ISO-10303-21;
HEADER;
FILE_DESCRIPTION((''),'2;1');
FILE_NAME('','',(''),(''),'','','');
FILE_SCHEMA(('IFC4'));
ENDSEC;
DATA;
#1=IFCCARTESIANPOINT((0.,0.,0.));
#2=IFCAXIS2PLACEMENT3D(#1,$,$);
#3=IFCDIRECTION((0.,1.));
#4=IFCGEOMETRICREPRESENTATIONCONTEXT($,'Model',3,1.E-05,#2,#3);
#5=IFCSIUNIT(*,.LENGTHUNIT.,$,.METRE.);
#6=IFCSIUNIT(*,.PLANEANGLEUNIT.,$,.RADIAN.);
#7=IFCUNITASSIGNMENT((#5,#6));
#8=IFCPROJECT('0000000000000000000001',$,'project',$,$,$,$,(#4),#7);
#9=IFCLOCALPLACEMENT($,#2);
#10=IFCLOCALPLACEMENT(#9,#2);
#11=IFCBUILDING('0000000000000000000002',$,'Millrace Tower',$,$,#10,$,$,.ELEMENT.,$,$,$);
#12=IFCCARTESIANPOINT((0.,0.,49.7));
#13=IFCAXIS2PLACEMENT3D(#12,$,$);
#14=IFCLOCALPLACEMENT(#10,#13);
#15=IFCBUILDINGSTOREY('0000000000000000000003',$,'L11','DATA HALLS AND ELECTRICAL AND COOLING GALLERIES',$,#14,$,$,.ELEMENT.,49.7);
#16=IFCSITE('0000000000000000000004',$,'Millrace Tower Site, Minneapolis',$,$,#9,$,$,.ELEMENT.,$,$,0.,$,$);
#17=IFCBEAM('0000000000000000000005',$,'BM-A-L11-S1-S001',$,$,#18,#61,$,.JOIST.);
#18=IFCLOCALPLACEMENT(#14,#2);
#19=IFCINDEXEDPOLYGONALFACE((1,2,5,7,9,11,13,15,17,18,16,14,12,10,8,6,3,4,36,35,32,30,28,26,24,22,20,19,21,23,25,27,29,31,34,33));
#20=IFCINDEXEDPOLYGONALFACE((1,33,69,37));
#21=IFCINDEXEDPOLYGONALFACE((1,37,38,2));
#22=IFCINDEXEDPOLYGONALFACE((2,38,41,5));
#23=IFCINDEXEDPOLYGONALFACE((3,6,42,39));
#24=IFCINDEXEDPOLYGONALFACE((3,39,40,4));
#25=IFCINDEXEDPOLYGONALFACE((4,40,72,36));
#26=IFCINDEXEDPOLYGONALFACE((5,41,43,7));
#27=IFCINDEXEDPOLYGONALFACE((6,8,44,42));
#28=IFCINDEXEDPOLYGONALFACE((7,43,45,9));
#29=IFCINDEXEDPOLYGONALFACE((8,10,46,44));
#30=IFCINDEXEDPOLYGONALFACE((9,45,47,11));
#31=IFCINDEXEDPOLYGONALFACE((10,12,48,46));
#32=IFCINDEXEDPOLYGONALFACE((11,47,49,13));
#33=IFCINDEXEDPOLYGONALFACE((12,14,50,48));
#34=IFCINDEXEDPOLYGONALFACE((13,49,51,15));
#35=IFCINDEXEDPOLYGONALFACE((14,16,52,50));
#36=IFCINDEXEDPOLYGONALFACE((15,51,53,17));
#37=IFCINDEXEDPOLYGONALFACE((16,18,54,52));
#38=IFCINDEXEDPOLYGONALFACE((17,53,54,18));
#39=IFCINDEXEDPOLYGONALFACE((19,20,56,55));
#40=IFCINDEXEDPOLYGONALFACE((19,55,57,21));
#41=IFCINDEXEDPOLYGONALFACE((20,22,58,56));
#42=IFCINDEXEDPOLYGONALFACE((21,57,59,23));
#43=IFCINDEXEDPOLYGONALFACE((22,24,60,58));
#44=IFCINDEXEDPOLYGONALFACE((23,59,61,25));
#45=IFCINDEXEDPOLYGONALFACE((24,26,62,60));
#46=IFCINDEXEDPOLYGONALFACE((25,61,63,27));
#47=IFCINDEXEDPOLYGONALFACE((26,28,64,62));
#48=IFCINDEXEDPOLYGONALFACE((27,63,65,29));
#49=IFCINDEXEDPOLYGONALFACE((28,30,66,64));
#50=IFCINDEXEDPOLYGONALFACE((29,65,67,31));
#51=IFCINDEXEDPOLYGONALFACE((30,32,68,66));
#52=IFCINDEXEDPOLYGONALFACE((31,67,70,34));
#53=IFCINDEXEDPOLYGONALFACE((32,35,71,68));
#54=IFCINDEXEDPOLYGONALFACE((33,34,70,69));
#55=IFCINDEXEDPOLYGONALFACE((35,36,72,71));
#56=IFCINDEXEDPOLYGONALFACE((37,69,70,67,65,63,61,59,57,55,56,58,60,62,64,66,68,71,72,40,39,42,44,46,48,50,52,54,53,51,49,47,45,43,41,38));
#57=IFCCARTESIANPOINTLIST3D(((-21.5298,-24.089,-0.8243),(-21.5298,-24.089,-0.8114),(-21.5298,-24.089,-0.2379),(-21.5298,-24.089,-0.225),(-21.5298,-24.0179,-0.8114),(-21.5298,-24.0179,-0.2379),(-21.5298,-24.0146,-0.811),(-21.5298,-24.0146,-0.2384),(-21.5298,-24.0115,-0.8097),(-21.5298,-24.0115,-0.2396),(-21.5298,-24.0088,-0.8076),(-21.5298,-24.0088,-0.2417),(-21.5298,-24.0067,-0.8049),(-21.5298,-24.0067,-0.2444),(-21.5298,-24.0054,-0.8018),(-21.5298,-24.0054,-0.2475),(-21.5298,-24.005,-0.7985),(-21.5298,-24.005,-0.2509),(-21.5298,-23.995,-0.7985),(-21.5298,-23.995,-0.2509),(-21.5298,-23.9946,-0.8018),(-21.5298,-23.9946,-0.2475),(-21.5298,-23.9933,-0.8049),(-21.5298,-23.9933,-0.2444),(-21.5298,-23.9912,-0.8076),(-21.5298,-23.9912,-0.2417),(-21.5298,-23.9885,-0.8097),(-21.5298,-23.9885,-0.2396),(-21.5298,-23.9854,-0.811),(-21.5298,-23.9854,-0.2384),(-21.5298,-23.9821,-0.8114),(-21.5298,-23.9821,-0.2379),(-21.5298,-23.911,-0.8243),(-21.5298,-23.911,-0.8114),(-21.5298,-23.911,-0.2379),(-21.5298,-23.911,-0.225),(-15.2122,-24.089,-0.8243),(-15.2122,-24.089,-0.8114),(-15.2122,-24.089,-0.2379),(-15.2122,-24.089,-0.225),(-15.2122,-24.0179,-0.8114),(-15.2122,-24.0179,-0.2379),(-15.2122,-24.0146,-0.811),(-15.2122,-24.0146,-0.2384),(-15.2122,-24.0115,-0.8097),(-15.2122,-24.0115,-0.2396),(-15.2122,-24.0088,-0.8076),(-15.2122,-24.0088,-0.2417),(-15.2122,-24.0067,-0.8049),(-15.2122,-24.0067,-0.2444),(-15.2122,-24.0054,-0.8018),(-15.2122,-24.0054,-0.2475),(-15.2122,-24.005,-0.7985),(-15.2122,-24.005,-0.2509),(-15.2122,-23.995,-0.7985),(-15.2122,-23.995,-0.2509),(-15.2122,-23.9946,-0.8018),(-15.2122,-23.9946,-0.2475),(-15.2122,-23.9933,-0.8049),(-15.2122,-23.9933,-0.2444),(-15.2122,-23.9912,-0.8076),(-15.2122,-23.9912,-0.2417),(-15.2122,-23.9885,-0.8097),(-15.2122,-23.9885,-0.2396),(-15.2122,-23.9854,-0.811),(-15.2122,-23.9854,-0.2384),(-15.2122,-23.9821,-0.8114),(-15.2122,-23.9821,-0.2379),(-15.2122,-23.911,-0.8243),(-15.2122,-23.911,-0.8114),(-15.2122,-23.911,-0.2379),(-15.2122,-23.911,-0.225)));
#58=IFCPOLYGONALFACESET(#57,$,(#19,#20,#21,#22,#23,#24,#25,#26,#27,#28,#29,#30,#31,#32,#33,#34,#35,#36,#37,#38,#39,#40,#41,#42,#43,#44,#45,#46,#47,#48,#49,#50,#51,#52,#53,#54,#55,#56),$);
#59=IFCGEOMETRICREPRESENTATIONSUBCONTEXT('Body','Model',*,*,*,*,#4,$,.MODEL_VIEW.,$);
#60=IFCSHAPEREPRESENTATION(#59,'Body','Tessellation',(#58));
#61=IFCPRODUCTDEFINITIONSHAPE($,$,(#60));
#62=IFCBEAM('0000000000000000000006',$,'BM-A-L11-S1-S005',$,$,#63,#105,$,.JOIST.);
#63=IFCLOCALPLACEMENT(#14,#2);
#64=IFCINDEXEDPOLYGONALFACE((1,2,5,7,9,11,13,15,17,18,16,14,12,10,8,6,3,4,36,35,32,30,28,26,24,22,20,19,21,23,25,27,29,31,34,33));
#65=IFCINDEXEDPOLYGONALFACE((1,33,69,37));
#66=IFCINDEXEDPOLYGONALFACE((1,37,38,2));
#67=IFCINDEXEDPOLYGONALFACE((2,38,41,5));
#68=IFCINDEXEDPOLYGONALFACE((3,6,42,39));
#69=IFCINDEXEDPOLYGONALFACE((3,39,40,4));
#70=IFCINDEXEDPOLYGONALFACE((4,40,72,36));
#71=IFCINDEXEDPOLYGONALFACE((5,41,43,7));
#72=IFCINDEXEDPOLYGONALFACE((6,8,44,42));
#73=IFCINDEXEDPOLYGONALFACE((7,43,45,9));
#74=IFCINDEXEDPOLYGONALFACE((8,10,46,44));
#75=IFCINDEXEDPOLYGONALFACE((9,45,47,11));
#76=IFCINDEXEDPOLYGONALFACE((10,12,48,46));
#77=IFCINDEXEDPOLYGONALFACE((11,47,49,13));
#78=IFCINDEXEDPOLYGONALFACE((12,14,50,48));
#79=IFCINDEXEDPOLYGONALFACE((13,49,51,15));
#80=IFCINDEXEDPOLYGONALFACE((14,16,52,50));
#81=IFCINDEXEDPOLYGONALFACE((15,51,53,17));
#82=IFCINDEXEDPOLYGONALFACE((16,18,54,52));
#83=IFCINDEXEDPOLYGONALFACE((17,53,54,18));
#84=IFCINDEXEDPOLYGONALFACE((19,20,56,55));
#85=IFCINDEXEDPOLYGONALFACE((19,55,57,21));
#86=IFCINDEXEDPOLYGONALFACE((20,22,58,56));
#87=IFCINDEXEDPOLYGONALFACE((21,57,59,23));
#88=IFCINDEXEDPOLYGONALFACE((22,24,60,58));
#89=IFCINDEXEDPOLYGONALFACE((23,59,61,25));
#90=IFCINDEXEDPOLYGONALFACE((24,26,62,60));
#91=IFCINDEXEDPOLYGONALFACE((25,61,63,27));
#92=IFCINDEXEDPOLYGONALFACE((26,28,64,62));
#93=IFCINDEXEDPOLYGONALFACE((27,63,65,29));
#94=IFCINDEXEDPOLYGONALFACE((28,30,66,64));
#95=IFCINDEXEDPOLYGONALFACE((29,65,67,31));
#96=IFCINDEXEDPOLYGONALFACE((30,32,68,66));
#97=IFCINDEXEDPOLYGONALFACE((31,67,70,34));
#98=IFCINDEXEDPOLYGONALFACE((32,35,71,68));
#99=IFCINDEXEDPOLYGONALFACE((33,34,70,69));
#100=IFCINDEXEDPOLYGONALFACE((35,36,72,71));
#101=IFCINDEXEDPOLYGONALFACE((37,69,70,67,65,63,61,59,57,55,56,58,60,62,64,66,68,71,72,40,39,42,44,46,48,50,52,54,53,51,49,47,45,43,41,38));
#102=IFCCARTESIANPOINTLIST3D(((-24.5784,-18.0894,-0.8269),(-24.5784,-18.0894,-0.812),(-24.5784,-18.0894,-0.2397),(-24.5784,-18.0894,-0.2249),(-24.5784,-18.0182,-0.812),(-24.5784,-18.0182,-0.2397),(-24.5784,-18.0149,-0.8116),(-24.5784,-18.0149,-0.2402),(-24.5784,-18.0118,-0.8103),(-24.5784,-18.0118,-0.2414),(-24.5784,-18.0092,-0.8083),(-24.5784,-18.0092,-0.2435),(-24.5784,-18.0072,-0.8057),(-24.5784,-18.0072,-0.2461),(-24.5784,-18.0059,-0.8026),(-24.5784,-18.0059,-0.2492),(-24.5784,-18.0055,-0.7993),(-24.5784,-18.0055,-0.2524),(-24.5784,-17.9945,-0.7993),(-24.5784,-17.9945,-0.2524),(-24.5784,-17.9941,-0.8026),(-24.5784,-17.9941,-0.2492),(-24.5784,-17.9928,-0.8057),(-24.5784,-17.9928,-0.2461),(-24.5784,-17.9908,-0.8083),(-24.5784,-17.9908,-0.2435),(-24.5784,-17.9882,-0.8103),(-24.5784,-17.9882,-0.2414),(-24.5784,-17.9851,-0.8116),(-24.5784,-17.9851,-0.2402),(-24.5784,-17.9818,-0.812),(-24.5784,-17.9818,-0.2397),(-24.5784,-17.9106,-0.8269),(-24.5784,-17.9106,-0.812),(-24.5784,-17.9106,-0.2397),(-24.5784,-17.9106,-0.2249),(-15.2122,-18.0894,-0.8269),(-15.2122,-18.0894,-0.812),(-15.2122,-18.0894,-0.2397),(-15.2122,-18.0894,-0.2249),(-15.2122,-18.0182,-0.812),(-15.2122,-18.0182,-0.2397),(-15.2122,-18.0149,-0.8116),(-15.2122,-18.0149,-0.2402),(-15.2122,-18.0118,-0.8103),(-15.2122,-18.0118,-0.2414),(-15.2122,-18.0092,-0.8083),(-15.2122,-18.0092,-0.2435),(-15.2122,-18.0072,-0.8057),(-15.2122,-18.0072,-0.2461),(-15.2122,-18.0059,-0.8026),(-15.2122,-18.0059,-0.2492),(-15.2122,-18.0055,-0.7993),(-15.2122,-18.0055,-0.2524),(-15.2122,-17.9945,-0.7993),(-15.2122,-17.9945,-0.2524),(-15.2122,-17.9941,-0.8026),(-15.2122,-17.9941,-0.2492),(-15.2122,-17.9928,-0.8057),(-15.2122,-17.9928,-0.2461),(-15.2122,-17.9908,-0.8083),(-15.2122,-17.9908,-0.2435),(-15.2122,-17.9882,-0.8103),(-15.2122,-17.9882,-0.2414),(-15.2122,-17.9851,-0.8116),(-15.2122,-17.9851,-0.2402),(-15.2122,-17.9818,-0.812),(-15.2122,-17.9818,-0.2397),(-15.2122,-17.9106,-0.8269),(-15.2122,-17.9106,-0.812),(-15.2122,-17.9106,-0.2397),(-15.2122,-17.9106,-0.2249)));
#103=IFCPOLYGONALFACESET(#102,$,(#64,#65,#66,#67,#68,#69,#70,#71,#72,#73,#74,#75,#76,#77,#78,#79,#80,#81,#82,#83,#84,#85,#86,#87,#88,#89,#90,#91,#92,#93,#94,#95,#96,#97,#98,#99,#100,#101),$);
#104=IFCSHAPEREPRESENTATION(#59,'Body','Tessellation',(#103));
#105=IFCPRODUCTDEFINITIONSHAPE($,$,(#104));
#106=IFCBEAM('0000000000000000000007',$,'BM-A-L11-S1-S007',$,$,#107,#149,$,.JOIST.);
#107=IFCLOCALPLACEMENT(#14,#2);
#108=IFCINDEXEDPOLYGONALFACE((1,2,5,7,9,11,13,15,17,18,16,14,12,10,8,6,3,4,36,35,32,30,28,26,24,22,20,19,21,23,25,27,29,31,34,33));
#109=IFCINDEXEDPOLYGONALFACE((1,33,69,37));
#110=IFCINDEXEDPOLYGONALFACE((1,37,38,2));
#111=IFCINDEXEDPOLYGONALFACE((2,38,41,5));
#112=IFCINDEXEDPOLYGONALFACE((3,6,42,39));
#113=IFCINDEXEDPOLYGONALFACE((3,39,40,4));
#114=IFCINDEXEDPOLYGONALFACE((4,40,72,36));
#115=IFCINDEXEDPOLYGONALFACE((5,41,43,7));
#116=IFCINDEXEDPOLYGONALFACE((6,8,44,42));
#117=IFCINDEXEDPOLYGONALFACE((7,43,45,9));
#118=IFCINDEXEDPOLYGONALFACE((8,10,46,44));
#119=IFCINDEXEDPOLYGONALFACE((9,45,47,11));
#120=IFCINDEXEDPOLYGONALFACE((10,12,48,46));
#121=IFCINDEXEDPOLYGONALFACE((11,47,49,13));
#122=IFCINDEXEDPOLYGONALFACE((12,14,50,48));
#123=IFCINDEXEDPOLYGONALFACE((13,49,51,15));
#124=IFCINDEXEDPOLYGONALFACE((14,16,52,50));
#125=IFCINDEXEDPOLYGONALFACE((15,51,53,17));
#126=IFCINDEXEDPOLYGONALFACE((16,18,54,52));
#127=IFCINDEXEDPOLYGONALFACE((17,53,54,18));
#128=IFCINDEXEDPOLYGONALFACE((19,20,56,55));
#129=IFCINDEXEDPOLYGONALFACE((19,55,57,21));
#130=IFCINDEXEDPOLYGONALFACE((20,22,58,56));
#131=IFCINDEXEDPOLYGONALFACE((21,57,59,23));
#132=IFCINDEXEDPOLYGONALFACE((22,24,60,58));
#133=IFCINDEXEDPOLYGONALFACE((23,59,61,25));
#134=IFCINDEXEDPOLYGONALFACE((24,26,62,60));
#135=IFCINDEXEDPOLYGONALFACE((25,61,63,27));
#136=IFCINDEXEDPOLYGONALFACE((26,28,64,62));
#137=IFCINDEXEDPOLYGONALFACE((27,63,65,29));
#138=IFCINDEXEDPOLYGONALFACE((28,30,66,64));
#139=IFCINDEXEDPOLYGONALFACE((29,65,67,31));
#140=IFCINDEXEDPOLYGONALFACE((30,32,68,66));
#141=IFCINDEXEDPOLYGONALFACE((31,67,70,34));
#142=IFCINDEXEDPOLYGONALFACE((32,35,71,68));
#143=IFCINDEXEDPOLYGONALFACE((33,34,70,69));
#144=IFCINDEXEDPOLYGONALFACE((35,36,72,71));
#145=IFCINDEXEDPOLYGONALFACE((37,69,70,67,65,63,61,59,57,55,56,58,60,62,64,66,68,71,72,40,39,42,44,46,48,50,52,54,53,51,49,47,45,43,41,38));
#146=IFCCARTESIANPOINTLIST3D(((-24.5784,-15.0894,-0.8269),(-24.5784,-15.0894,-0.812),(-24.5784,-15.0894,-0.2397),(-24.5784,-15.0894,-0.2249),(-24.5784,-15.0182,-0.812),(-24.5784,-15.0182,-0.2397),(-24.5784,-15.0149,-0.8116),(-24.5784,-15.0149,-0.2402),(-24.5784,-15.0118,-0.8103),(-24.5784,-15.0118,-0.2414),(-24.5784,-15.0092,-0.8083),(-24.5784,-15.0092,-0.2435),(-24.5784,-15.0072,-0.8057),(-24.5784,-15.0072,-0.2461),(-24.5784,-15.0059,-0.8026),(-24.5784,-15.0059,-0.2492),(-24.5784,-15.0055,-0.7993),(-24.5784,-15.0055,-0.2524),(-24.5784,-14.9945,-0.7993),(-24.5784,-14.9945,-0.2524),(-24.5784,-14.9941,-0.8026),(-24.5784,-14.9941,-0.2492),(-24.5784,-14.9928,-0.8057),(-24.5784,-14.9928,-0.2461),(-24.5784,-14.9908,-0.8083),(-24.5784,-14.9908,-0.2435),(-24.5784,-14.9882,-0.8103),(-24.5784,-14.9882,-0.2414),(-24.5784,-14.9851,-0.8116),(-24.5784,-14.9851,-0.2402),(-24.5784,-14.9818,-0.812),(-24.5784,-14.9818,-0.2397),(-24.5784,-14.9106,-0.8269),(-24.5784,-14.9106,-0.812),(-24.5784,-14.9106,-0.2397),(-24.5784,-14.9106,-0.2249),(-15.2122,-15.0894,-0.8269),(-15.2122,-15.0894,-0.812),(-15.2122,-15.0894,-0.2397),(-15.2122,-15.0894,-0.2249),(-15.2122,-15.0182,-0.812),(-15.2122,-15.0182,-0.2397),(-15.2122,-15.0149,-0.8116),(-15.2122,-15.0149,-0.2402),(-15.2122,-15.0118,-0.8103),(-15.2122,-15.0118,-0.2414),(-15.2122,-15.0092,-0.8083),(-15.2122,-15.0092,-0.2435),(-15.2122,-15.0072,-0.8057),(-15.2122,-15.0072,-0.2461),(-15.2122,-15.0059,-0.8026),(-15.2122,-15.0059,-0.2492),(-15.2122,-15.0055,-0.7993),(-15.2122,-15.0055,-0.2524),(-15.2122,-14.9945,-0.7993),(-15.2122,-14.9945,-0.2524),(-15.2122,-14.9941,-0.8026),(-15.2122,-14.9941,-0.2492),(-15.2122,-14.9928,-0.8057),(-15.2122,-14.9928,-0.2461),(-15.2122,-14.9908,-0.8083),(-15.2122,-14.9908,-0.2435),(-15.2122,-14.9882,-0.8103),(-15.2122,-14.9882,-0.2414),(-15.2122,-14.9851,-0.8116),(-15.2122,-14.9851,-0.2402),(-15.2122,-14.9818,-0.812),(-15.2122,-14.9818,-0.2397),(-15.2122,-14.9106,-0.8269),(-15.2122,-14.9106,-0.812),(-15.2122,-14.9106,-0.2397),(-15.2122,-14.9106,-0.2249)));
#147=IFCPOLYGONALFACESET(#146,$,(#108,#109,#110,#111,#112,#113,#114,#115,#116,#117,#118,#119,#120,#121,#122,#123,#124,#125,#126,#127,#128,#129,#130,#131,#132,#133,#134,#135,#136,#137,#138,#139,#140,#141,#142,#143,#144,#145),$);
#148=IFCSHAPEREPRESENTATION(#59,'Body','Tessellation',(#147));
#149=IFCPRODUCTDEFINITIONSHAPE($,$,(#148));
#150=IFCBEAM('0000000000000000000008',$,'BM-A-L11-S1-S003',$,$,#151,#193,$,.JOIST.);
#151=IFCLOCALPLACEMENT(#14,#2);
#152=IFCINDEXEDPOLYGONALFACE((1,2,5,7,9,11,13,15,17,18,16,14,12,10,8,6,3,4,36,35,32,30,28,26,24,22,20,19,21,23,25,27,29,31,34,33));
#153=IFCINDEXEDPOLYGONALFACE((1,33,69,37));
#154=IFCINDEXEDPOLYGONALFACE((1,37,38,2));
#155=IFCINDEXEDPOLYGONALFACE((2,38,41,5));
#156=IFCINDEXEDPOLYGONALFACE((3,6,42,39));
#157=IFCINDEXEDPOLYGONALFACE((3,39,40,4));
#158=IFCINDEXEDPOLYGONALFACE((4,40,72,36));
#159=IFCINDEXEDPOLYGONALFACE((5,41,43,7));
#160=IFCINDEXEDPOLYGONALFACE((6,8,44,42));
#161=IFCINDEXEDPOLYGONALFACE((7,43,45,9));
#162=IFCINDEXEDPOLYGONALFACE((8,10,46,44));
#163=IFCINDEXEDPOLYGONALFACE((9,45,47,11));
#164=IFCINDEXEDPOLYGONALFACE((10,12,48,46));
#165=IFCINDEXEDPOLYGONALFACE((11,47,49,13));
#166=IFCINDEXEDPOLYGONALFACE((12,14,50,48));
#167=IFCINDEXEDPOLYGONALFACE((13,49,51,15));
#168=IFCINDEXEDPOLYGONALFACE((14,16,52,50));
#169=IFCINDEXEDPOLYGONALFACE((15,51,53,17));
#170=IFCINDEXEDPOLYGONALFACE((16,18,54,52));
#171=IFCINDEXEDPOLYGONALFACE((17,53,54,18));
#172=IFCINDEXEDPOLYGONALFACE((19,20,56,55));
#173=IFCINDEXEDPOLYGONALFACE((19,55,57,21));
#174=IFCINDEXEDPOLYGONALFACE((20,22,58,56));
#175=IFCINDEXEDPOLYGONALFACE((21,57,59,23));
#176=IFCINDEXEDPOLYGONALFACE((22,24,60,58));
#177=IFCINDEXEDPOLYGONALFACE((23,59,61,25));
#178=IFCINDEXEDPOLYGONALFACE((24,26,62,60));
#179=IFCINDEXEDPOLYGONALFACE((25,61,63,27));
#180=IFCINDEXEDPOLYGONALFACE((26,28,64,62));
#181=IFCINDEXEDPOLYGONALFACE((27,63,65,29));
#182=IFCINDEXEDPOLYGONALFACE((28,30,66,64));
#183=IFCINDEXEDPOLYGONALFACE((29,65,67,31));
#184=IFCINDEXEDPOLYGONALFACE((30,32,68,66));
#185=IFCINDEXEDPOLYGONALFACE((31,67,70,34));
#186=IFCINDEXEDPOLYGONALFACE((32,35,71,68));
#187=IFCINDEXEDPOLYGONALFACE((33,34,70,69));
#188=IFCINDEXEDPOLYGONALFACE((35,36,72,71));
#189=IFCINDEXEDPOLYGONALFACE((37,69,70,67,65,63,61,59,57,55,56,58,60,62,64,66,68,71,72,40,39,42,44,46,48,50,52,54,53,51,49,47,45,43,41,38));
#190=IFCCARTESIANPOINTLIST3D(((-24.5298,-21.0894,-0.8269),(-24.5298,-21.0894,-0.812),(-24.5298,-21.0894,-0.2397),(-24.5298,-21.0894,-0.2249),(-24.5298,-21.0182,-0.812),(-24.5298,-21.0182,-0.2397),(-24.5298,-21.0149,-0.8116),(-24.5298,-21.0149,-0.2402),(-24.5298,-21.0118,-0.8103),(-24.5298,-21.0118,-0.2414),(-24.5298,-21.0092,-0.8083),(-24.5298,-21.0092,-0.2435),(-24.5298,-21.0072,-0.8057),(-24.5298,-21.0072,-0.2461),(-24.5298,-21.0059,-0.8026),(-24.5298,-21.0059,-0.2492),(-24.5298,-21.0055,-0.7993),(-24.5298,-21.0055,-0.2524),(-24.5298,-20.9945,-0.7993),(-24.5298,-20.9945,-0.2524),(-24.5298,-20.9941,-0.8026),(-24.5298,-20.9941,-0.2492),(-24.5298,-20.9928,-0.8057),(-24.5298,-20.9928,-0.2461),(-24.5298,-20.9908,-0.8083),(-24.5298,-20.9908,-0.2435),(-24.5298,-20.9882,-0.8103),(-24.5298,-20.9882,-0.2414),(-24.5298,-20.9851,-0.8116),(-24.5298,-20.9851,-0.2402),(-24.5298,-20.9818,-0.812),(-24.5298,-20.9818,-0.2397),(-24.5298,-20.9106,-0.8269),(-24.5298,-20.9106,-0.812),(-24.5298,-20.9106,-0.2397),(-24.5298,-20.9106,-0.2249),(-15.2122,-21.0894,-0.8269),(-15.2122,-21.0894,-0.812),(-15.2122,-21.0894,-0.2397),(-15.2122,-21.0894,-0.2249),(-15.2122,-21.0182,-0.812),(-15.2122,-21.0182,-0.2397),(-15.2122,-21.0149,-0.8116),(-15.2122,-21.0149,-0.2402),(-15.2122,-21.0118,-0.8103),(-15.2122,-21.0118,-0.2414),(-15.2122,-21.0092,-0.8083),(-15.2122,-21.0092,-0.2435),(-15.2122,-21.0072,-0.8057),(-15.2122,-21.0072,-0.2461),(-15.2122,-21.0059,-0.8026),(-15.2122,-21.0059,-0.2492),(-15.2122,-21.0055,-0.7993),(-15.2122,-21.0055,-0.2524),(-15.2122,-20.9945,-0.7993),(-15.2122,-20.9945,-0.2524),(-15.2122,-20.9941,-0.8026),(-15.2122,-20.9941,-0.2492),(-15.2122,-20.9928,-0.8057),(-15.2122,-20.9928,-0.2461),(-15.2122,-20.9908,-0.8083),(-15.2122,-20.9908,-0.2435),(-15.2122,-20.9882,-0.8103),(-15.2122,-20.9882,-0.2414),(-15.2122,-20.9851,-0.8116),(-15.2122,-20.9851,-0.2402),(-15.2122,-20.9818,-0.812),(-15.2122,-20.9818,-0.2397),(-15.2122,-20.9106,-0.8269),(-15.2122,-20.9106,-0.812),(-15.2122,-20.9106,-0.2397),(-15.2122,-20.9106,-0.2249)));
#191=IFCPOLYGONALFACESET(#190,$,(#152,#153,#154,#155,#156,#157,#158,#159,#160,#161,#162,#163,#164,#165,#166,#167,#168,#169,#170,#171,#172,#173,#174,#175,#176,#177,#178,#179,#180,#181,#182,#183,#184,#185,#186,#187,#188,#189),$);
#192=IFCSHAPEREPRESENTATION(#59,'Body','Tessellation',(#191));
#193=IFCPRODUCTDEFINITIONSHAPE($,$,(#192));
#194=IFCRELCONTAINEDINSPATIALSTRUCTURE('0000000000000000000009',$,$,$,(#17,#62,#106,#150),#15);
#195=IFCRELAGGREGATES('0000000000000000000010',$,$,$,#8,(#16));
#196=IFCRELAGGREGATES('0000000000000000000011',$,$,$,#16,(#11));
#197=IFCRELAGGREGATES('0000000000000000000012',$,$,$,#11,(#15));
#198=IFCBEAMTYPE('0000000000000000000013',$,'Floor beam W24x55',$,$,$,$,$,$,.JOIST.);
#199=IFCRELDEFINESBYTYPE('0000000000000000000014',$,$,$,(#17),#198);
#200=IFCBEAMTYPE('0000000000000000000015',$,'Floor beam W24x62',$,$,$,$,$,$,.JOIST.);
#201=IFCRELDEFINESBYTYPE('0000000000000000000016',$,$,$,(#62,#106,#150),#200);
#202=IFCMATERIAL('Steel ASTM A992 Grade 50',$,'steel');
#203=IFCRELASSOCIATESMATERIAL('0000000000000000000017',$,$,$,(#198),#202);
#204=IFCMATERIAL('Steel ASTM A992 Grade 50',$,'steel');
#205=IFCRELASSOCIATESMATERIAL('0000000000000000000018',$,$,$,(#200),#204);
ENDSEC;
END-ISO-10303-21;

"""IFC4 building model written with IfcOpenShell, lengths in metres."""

from ifc_helpers import new_model, si_unit, direction, frame, origin, origin_2d, place, context, subcontext, project, spatial, i_section, extrude, material, material_profile, profile_set, type_object, element, save


model = new_model("IFC4")

# Units and contexts
model_context = context("Model", 3, precision=1e-05, world=origin(), true_north=direction((0.0, 1.0)))
body_context = subcontext(model_context, "Body", "Model", "MODEL_VIEW")
ifc_project = project(units=[si_unit("LENGTHUNIT", "METRE"), si_unit("PLANEANGLEUNIT", "RADIAN")], contexts=[model_context])

# Site, building, storey
site_placement = place(None, origin())
site = spatial("IfcSite", under=ifc_project, at=site_placement, Name="Millrace Tower Site, Minneapolis", CompositionType="ELEMENT", RefElevation=0.0)
building_placement = place(site_placement, origin())
building = spatial("IfcBuilding", under=site, at=building_placement, Name="Millrace Tower", CompositionType="ELEMENT")
storey_placement = place(building_placement, frame((0.0, 0.0, 49.7)))
storey = spatial("IfcBuildingStorey", under=building, at=storey_placement, Name="L11", Description="DATA HALLS AND ELECTRICAL AND COOLING GALLERIES", CompositionType="ELEMENT", Elevation=49.7)

# Beams
ifc_material_1 = material(Name="Steel ASTM A992 Grade 50", Category="steel")
ifc_material_profile_1 = material_profile(ifc_material_1, i_section(OverallWidth=0.178, OverallDepth=0.5994, WebThickness=0.01, FlangeThickness=0.0129, FilletRadius=0.0129, at=origin_2d()))
ifc_profile_set_1 = profile_set([ifc_material_profile_1], Name="Steel ASTM A992 Grade 50")
beam_type_1 = type_object("IfcBeamType", Name="Floor beam W24x55", PredefinedType="JOIST", material=ifc_profile_set_1)
beam_1_placement = place(storey_placement, frame((-21.5298, -24.0, -0.5247), z_axis=(1.0, 0.0, 0.0), x_axis=(0.0, 1.0, 0.0)))
element("IfcBeam", 1, at=beam_1_placement, inside=storey, type_object=beam_type_1, Name="BM-A-L11-S1-S001", PredefinedType="JOIST", context=body_context, shape_type="SweptSolid", body=[
    extrude(i_section(OverallWidth=0.178, OverallDepth=0.5994, WebThickness=0.01, FlangeThickness=0.0129, FilletRadius=0.0129, at=origin_2d()), origin(), (0.0, 0.0, 1.0), 6.3176),
])
ifc_material_2 = material(Name="Steel ASTM A992 Grade 50", Category="steel")
ifc_material_profile_2 = material_profile(ifc_material_2, i_section(OverallWidth=0.1787, OverallDepth=0.6021, WebThickness=0.011, FlangeThickness=0.0149, FilletRadius=0.0127, at=origin_2d()))
ifc_profile_set_2 = profile_set([ifc_material_profile_2], Name="Steel ASTM A992 Grade 50")
beam_type_2 = type_object("IfcBeamType", Name="Floor beam W24x62", PredefinedType="JOIST", material=ifc_profile_set_2)
for number, where, z_axis, x_axis, name in (
    (2, (-24.5784, -18.0, -0.5259), (1.0, 0.0, 0.0), (0.0, 1.0, 0.0), "BM-A-L11-S1-S005"),
    (3, (-24.5784, -15.0, -0.5259), (1.0, 0.0, 0.0), (0.0, 1.0, 0.0), "BM-A-L11-S1-S007"),
):
    element("IfcBeam", number, at=place(storey_placement, frame(where, z_axis=z_axis, x_axis=x_axis)), inside=storey, type_object=beam_type_2, Name=name, PredefinedType="JOIST", context=body_context, shape_type="SweptSolid", body=[
        extrude(i_section(OverallWidth=0.1787, OverallDepth=0.6021, WebThickness=0.011, FlangeThickness=0.0149, FilletRadius=0.0127, at=origin_2d()), origin(), (0.0, 0.0, 1.0), 9.3662),
    ])
beam_2_placement = place(storey_placement, frame((-24.5298, -21.0, -0.5259), z_axis=(1.0, 0.0, 0.0), x_axis=(0.0, 1.0, 0.0)))
element("IfcBeam", 4, at=beam_2_placement, inside=storey, type_object=beam_type_2, Name="BM-A-L11-S1-S003", PredefinedType="JOIST", context=body_context, shape_type="SweptSolid", body=[
    extrude(i_section(OverallWidth=0.1787, OverallDepth=0.6021, WebThickness=0.011, FlangeThickness=0.0149, FilletRadius=0.0127, at=origin_2d()), origin(), (0.0, 0.0, 1.0), 9.3176),
])

save(model, "model.ifc")
